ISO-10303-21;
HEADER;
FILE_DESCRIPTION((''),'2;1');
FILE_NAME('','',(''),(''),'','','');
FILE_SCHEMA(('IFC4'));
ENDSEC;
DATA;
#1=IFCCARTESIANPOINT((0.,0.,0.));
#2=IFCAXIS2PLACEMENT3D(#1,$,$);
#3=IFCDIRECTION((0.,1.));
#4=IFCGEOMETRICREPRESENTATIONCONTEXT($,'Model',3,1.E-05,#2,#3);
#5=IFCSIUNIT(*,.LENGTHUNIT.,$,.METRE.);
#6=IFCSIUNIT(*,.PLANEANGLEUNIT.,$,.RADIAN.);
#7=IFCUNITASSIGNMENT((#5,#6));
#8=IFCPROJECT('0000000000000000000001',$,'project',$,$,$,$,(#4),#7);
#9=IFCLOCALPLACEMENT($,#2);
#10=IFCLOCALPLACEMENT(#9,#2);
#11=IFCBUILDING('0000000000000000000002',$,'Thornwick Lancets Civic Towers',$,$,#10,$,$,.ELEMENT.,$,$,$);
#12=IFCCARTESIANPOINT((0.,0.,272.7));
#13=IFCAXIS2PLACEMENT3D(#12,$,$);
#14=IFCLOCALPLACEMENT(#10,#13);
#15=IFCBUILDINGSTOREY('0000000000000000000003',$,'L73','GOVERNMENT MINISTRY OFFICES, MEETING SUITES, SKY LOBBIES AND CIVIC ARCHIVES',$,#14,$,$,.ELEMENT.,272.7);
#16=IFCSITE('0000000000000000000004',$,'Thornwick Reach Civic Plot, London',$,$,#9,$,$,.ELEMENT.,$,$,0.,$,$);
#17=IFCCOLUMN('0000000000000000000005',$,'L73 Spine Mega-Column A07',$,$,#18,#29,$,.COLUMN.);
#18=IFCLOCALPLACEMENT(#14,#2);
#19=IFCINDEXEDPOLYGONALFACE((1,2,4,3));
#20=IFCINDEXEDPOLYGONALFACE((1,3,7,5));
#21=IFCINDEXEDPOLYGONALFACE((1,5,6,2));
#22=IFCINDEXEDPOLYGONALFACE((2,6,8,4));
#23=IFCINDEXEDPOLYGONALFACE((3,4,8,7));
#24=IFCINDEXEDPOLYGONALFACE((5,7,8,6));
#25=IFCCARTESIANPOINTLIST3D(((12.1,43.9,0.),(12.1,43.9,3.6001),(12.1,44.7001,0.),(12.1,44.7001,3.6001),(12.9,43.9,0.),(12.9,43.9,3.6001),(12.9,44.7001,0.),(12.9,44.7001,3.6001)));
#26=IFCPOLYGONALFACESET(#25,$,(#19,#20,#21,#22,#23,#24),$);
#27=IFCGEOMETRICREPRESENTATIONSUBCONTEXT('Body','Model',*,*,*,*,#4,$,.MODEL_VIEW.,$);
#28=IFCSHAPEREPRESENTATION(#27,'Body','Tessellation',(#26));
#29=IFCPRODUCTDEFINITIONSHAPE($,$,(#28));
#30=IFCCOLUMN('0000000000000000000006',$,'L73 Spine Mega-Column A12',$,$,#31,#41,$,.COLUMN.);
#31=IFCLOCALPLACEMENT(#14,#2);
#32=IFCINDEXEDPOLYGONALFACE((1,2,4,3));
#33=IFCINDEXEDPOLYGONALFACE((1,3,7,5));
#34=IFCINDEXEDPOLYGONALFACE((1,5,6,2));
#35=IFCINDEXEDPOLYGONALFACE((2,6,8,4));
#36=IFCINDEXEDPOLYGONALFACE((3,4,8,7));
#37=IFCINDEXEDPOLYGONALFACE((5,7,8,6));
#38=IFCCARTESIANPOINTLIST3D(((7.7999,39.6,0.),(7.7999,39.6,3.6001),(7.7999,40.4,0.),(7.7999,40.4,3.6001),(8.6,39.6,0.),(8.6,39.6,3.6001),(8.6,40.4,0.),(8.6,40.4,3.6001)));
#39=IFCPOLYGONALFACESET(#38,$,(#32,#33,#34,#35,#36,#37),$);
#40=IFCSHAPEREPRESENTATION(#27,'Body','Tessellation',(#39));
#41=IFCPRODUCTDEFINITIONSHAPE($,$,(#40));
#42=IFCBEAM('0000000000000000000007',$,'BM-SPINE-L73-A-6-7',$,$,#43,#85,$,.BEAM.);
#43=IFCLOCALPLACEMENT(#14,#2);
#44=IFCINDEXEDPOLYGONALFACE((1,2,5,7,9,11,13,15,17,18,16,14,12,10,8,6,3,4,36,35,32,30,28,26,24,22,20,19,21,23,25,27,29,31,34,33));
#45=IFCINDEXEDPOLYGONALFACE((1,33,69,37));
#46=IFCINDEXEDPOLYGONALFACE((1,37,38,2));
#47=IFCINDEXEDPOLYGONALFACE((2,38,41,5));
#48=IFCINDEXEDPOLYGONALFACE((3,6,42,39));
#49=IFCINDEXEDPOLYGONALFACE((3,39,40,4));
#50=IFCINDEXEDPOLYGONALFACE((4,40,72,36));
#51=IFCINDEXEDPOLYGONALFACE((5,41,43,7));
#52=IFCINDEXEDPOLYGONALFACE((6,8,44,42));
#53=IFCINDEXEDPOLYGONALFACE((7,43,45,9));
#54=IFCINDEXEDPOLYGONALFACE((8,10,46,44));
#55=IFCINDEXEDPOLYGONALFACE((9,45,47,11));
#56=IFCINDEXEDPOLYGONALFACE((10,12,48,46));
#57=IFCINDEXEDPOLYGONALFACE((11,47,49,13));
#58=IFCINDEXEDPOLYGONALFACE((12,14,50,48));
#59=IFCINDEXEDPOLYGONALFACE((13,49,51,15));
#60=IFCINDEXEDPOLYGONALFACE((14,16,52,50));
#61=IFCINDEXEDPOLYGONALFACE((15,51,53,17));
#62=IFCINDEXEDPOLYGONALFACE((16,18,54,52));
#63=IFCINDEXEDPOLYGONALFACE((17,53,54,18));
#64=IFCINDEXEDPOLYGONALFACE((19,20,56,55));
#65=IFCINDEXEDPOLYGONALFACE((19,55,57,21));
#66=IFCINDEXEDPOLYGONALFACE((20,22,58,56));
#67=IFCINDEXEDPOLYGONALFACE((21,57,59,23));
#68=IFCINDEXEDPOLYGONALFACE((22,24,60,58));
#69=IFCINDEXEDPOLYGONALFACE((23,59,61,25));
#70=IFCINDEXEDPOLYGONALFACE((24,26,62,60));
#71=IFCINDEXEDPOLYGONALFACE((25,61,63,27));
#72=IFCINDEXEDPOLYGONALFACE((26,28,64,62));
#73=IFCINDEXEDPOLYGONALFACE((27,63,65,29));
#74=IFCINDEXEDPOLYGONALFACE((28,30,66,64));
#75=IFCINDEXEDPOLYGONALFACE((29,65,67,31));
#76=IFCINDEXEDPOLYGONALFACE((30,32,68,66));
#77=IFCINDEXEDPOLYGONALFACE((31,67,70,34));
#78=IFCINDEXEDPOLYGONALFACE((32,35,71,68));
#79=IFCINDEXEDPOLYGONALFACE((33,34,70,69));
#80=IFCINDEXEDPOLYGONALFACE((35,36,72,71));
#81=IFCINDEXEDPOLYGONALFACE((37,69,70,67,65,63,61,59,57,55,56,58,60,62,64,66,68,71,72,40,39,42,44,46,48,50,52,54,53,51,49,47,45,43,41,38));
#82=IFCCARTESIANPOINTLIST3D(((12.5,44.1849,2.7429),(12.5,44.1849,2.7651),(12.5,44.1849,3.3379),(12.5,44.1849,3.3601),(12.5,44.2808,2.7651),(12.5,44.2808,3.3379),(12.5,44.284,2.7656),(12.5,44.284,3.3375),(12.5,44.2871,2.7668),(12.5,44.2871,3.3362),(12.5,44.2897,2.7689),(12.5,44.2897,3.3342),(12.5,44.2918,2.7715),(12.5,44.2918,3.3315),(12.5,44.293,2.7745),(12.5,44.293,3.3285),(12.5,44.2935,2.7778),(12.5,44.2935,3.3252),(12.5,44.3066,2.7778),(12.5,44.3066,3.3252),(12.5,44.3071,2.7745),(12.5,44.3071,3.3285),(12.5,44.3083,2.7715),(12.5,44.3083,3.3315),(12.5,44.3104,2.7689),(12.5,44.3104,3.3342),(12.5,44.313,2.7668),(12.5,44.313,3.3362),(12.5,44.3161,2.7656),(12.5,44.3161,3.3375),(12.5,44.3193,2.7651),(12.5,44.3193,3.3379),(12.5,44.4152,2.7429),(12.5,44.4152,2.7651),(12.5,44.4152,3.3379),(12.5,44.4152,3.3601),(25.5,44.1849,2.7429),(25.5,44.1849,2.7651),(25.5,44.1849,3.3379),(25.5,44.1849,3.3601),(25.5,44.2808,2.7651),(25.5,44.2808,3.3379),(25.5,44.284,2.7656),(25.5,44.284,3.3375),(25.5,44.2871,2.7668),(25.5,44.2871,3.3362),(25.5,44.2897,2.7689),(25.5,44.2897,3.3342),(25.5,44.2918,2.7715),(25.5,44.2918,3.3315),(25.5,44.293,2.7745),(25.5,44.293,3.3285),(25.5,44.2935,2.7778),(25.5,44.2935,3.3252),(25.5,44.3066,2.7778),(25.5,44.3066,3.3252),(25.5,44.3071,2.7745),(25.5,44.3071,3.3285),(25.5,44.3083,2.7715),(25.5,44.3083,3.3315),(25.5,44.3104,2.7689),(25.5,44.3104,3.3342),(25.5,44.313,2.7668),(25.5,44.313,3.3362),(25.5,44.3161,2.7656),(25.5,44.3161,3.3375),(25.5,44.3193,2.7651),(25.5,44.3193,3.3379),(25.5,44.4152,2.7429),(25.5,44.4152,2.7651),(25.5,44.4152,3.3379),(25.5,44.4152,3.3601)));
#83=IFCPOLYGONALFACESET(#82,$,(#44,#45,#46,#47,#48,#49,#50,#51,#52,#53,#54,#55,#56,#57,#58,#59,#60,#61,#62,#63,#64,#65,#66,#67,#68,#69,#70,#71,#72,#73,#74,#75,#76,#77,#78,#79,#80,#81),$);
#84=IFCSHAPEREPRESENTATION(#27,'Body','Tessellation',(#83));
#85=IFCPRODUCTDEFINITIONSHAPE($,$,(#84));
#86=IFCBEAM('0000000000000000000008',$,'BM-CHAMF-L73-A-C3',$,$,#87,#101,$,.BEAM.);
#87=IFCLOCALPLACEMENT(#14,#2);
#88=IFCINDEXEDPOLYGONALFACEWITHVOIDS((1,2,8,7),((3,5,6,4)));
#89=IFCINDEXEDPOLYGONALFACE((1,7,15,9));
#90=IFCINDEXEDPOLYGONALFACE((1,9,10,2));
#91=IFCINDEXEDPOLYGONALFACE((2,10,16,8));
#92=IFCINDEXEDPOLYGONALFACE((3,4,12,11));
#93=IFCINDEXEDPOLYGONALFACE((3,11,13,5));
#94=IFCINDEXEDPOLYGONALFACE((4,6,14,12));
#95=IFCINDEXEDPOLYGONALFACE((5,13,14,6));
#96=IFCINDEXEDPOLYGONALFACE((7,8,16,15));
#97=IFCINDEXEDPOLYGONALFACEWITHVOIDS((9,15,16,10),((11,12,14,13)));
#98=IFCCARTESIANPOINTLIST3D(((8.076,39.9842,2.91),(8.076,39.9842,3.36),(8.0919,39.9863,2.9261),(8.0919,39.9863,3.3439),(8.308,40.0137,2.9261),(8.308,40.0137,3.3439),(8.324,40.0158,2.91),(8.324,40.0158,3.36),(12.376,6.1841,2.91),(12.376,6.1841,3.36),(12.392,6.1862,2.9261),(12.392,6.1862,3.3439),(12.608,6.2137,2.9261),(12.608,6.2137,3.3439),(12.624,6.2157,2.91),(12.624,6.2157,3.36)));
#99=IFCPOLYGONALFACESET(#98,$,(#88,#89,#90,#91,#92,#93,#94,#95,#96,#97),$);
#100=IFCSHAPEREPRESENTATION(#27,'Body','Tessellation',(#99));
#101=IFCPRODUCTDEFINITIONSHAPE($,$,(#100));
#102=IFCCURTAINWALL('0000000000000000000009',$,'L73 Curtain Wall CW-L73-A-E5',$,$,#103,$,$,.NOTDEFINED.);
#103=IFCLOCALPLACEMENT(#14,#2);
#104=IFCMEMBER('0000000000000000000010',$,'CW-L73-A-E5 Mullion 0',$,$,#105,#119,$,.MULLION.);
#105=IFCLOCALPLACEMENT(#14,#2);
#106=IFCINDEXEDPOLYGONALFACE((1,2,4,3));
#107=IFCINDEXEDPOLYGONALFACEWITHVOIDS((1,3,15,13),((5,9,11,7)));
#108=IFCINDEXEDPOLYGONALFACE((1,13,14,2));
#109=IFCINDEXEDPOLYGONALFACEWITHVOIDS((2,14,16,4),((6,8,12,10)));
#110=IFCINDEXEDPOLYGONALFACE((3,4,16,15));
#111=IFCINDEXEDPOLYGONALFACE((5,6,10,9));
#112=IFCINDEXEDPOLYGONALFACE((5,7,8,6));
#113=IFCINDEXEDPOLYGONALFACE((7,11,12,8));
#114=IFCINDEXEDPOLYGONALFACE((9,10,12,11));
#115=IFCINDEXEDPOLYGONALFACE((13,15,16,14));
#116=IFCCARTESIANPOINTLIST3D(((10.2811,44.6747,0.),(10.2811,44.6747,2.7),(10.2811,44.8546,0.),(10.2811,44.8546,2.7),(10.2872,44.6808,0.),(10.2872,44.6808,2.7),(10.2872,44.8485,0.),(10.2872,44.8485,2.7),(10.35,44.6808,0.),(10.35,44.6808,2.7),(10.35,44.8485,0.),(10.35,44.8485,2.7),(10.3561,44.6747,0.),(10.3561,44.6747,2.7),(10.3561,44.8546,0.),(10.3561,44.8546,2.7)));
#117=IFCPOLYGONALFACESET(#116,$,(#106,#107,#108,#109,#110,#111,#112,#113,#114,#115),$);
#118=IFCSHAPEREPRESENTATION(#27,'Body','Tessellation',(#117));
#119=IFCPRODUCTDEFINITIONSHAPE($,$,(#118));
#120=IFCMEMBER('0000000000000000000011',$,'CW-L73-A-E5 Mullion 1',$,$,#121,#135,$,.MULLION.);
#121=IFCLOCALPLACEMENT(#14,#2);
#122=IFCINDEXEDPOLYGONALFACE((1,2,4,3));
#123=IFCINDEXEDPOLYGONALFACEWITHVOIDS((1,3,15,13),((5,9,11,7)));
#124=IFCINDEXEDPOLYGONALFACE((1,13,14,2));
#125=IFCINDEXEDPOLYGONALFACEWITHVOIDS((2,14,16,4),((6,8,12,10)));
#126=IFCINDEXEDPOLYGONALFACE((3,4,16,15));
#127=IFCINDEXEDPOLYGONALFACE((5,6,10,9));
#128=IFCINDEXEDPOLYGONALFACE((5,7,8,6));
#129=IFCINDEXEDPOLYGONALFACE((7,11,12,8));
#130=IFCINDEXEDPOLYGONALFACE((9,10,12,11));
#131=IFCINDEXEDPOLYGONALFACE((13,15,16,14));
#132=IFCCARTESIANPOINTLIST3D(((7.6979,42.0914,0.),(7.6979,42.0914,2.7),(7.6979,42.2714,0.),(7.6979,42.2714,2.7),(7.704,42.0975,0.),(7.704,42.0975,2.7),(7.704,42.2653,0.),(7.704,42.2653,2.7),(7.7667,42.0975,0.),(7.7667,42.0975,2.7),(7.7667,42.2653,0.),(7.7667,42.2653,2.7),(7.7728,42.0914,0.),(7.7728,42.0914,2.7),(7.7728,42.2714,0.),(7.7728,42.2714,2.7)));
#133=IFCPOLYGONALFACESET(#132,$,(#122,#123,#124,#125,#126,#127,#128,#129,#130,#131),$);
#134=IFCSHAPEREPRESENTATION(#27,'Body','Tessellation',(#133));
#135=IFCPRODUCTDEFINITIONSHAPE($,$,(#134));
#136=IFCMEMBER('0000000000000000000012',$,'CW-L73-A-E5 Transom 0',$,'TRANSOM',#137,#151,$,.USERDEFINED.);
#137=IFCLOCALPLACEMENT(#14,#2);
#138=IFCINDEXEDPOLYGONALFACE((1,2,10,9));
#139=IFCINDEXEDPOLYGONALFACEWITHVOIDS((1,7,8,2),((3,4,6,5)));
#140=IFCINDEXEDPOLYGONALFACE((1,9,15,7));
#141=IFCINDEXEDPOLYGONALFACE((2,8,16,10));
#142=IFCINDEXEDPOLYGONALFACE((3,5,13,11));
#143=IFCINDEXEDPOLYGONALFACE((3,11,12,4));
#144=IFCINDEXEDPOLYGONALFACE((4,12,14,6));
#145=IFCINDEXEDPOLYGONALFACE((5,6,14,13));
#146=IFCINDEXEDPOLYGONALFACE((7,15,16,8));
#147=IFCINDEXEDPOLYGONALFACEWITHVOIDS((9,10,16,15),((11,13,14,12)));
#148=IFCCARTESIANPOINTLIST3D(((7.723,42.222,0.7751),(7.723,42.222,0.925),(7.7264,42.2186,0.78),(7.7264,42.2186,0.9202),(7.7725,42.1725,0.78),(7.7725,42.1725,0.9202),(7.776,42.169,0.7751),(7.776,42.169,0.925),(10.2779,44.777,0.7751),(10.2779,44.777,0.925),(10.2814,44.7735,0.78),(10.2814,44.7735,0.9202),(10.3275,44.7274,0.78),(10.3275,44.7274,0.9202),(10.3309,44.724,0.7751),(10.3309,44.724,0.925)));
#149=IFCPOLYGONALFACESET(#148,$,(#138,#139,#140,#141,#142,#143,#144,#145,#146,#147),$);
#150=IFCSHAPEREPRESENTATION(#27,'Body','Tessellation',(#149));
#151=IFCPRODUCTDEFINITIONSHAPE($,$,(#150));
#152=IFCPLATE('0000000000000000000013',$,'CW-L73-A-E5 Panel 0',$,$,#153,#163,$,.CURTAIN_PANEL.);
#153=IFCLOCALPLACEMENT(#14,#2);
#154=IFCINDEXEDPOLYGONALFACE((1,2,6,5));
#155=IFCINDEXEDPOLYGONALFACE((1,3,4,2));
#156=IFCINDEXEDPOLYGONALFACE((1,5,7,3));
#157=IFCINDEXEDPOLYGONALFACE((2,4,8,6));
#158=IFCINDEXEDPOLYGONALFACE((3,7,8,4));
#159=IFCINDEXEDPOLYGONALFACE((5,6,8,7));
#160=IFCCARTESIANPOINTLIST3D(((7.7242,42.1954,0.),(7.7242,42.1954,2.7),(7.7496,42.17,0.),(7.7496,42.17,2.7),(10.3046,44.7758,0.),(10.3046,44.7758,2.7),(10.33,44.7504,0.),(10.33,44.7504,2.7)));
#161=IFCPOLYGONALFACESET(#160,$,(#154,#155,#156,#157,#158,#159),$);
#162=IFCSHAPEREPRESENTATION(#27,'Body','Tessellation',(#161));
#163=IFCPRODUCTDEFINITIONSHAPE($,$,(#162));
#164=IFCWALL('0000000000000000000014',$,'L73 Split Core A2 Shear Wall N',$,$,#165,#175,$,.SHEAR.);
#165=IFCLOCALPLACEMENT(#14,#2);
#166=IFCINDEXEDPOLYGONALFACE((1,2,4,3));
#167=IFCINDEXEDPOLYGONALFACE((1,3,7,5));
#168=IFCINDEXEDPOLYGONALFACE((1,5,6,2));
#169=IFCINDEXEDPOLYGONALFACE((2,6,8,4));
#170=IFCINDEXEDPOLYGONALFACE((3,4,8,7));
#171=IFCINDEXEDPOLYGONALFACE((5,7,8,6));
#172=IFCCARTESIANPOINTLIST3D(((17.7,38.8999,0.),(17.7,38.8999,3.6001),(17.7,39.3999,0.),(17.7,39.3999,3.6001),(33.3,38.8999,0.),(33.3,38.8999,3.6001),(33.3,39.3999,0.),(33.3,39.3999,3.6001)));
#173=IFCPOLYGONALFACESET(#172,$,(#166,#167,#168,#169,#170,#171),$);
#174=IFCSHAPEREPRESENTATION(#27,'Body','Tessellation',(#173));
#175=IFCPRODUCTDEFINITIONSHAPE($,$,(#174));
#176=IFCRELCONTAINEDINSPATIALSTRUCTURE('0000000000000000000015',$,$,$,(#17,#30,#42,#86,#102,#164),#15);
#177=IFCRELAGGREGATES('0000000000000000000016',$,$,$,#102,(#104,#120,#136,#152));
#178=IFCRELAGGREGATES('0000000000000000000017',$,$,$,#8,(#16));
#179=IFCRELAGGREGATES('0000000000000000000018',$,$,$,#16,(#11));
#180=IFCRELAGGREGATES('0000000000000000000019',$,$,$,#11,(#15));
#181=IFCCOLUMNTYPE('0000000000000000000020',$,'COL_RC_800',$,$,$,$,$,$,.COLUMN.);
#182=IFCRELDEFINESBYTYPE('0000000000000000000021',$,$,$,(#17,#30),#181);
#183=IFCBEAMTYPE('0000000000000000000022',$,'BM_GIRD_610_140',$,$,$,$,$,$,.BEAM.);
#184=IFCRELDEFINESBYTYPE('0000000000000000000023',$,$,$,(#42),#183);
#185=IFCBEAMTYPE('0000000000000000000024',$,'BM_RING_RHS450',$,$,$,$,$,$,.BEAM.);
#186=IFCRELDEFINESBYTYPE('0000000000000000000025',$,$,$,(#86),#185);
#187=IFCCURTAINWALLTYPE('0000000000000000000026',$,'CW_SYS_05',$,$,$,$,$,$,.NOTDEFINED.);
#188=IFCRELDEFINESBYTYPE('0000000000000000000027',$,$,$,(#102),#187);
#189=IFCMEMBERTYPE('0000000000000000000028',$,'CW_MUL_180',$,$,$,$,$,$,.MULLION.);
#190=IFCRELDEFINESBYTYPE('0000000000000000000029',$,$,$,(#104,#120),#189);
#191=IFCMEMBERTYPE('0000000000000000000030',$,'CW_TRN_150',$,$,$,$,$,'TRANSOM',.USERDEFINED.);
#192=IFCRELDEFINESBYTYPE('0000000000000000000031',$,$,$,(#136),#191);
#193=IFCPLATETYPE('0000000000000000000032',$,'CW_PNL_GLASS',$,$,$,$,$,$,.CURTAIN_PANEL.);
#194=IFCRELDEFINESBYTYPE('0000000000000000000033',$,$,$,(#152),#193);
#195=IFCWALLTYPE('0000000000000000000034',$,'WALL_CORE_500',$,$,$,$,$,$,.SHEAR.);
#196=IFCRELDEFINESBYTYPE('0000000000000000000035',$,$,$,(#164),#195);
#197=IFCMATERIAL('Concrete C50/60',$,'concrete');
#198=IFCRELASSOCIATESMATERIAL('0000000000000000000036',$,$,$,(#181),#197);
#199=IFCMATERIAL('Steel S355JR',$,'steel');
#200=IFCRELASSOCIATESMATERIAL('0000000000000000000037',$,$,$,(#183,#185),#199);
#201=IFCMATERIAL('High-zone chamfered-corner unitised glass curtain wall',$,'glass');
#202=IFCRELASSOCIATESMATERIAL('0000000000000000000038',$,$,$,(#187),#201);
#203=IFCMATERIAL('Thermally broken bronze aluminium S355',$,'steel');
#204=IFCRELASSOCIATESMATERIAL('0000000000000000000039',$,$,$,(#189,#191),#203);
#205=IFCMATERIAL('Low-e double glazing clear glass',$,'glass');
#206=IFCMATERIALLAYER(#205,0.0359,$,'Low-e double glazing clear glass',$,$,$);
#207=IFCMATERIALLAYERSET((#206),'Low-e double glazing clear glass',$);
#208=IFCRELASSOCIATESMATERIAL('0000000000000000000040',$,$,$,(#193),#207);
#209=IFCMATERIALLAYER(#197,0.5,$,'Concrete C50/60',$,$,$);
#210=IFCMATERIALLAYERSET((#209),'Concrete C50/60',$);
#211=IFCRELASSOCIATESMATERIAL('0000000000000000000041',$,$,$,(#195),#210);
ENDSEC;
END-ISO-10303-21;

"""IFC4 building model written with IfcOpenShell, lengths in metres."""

from ifc_helpers import new_model, si_unit, direction, frame, frame_2d, origin, origin_2d, place, context, subcontext, project, spatial, rectangle, hollow_rectangle, i_section, extrude, material, layer, layer_set, material_profile, profile_set, type_object, element, aggregate, save


model = new_model("IFC4")

# Units and contexts
model_context = context("Model", 3, precision=1e-05, world=origin(), true_north=direction((0.0, 1.0)))
body_context = subcontext(model_context, "Body", "Model", "MODEL_VIEW")
ifc_project = project(units=[si_unit("LENGTHUNIT", "METRE"), si_unit("PLANEANGLEUNIT", "RADIAN")], contexts=[model_context])

# Site, building, storey
site_placement = place(None, origin())
site = spatial("IfcSite", under=ifc_project, at=site_placement, Name="Thornwick Reach Civic Plot, London", CompositionType="ELEMENT", RefElevation=0.0)
building_placement = place(site_placement, origin())
building = spatial("IfcBuilding", under=site, at=building_placement, Name="Thornwick Lancets Civic Towers", CompositionType="ELEMENT")
storey_placement = place(building_placement, frame((0.0, 0.0, 272.7)))
storey = spatial("IfcBuildingStorey", under=building, at=storey_placement, Name="L73", Description="GOVERNMENT MINISTRY OFFICES, MEETING SUITES, SKY LOBBIES AND CIVIC ARCHIVES", CompositionType="ELEMENT", Elevation=272.7)

# Columns
ifc_material_1 = material(Name="Concrete C50/60", Category="concrete")
ifc_material_profile_1 = material_profile(ifc_material_1, rectangle(XDim=0.8, YDim=0.8, at=origin_2d()), Name="RC 800x800")
ifc_profile_set_1 = profile_set([ifc_material_profile_1], Name="Concrete C50/60")
column_type = type_object("IfcColumnType", Name="COL_RC_800", PredefinedType="COLUMN", material=ifc_profile_set_1)
for number, where, z_axis, x_axis, name in (
    (1, (12.5, 44.3, 0.0), (0.0, 0.0, 1.0), (1.0, 0.0, 0.0), "L73 Spine Mega-Column A07"),
    (2, (8.2, 40.0, 0.0), (0.0, 0.0, 1.0), (1.0, 0.0, 0.0), "L73 Spine Mega-Column A12"),
):
    element("IfcColumn", number, at=place(storey_placement, frame(where, z_axis=z_axis, x_axis=x_axis)), inside=storey, type_object=column_type, Name=name, PredefinedType="COLUMN", context=body_context, shape_type="SweptSolid", body=[
        extrude(rectangle(XDim=0.8, YDim=0.8, at=origin_2d()), origin(), (0.0, 0.0, 1.0), 3.6001),
    ])

# Beams
ifc_material_2 = material(Name="Steel S355JR", Category="steel")
ifc_material_profile_2 = material_profile(ifc_material_2, i_section(OverallWidth=0.2302, OverallDepth=0.6172, WebThickness=0.0132, FlangeThickness=0.0222, FilletRadius=0.0127, at=origin_2d()), Name="UKB 610x229x140")
ifc_profile_set_2 = profile_set([ifc_material_profile_2], Name="Steel S355JR")
beam_type_1 = type_object("IfcBeamType", Name="BM_GIRD_610_140", PredefinedType="BEAM", material=ifc_profile_set_2)
beam_1_placement = place(storey_placement, frame((12.5, 44.3, 3.0515), z_axis=(1.0, 0.0, 0.0), x_axis=(0.0, 1.0, 0.0)))
element("IfcBeam", 3, at=beam_1_placement, inside=storey, type_object=beam_type_1, Name="BM-SPINE-L73-A-6-7", PredefinedType="BEAM", context=body_context, shape_type="SweptSolid", body=[
    extrude(i_section(OverallWidth=0.2302, OverallDepth=0.6172, WebThickness=0.0132, FlangeThickness=0.0222, FilletRadius=0.0127, at=origin_2d()), origin(), (0.0, 0.0, 1.0), 13.0),
])
ifc_material_profile_3 = material_profile(ifc_material_2, hollow_rectangle(XDim=0.25, YDim=0.45, WallThickness=0.0161, at=origin_2d()), Name="RHS 450x250x16")
ifc_profile_set_3 = profile_set([ifc_material_profile_3], Name="Steel S355JR")
beam_type_2 = type_object("IfcBeamType", Name="BM_RING_RHS450", PredefinedType="BEAM", material=ifc_profile_set_3)
beam_2_placement = place(storey_placement, frame((8.2, 40.0, 3.135), z_axis=(0.126203, -0.992004, 0.0), x_axis=(0.992004, 0.126203, 0.0)))
element("IfcBeam", 4, at=beam_2_placement, inside=storey, type_object=beam_type_2, Name="BM-CHAMF-L73-A-C3", PredefinedType="BEAM", context=body_context, shape_type="SweptSolid", body=[
    extrude(hollow_rectangle(XDim=0.25, YDim=0.45, WallThickness=0.0161, at=origin_2d()), origin(), (0.0, 0.0, 1.0), 34.0725),
])

# Curtain wall, members, plate
ifc_material_3 = material(Name="High-zone chamfered-corner unitised glass curtain wall", Category="glass")
curtain_wall_type = type_object("IfcCurtainWallType", Name="CW_SYS_05", PredefinedType="NOTDEFINED", material=ifc_material_3)
curtain_wall_placement = place(storey_placement, origin())
curtain_wall = element("IfcCurtainWall", 5, at=curtain_wall_placement, inside=storey, type_object=curtain_wall_type, Name="L73 Curtain Wall CW-L73-A-E5", PredefinedType="NOTDEFINED")
ifc_material_4 = material(Name="Thermally broken bronze aluminium S355", Category="steel")
ifc_material_profile_4 = material_profile(ifc_material_4, hollow_rectangle(XDim=0.075, YDim=0.1799, WallThickness=0.0061, at=origin_2d()), Name="RHS 180x75x6")
ifc_profile_set_4 = profile_set([ifc_material_profile_4], Name="Thermally broken bronze aluminium S355")
member_type_1 = type_object("IfcMemberType", Name="CW_MUL_180", PredefinedType="MULLION", material=ifc_profile_set_4)
member_1_placement = place(storey_placement, frame((10.3186, 44.7646, 0.0), z_axis=(0.0, 0.0, 1.0), x_axis=(1.0, 0.0, 0.0)))
member_1 = element("IfcMember", 6, at=member_1_placement, type_object=member_type_1, Name="CW-L73-A-E5 Mullion 0", PredefinedType="MULLION", context=body_context, shape_type="SweptSolid", body=[
    extrude(hollow_rectangle(XDim=0.075, YDim=0.1799, WallThickness=0.0061, at=origin_2d()), origin(), (0.0, 0.0, 1.0), 2.7),
])
member_2_placement = place(storey_placement, frame((7.7354, 42.1814, 0.0), z_axis=(0.0, 0.0, 1.0), x_axis=(1.0, 0.0, 0.0)))
member_2 = element("IfcMember", 7, at=member_2_placement, type_object=member_type_1, Name="CW-L73-A-E5 Mullion 1", PredefinedType="MULLION", context=body_context, shape_type="SweptSolid", body=[
    extrude(hollow_rectangle(XDim=0.075, YDim=0.1799, WallThickness=0.0061, at=origin_2d()), origin(), (0.0, 0.0, 1.0), 2.7),
])
ifc_material_profile_5 = material_profile(ifc_material_4, hollow_rectangle(XDim=0.075, YDim=0.1499, WallThickness=0.0049, at=origin_2d()), Name="RHS 150x75x5")
ifc_profile_set_5 = profile_set([ifc_material_profile_5], Name="Thermally broken bronze aluminium S355")
member_type_2 = type_object("IfcMemberType", Name="CW_TRN_150", ElementType="TRANSOM", PredefinedType="USERDEFINED", material=ifc_profile_set_5)
member_3_placement = place(storey_placement, frame((10.3044, 44.7505, 0.8501), z_axis=(-0.707107, -0.707107, 0.0), x_axis=(0.707107, -0.707107, 0.0)))
member_3 = element("IfcMember", 8, at=member_3_placement, type_object=member_type_2, Name="CW-L73-A-E5 Transom 0", ObjectType="TRANSOM", PredefinedType="USERDEFINED", context=body_context, shape_type="SweptSolid", body=[
    extrude(hollow_rectangle(XDim=0.075, YDim=0.1499, WallThickness=0.0049, at=origin_2d()), origin(), (0.0, 0.0, 1.0), 3.6133),
])
ifc_material_5 = material(Name="Low-e double glazing clear glass", Category="glass")
ifc_layer_1 = layer(ifc_material_5, 0.0359, Name="Low-e double glazing clear glass")
ifc_layer_set_1 = layer_set([ifc_layer_1], Name="Low-e double glazing clear glass")
plate_type = type_object("IfcPlateType", Name="CW_PNL_GLASS", PredefinedType="CURTAIN_PANEL", material=ifc_layer_set_1)
plate_placement = place(storey_placement, frame((9.0271, 43.4729, 0.0), z_axis=(0.0, 0.0, 1.0), x_axis=(-0.707107, -0.707107, 0.0)))
plate = element("IfcPlate", 9, at=plate_placement, type_object=plate_type, Name="CW-L73-A-E5 Panel 0", PredefinedType="CURTAIN_PANEL", context=body_context, shape_type="SweptSolid", body=[
    extrude(rectangle(XDim=3.6492, YDim=0.0359, at=origin_2d()), origin(), (0.0, 0.0, 1.0), 2.7),
])
aggregate(curtain_wall, [member_1, member_2, member_3, plate])

# Wall
ifc_layer_2 = layer(ifc_material_1, 0.5, Name="Concrete C50/60")
ifc_layer_set_2 = layer_set([ifc_layer_2], Name="Concrete C50/60")
wall_type_1 = type_object("IfcWallType", Name="WALL_CORE_500", PredefinedType="SHEAR", material=ifc_layer_set_2)
wall_1_placement = place(storey_placement, frame((17.7, 39.1499, 0.0), z_axis=(0.0, 0.0, 1.0), x_axis=(1.0, 0.0, 0.0)))
element("IfcWall", 10, at=wall_1_placement, inside=storey, type_object=wall_type_1, Name="L73 Split Core A2 Shear Wall N", PredefinedType="SHEAR", context=body_context, shape_type="SweptSolid", body=[
    extrude(rectangle(XDim=15.6001, YDim=0.5, at=frame_2d((7.8, 0.0))), origin(), (0.0, 0.0, 1.0), 3.6001),
])

save(model, "model.ifc")
